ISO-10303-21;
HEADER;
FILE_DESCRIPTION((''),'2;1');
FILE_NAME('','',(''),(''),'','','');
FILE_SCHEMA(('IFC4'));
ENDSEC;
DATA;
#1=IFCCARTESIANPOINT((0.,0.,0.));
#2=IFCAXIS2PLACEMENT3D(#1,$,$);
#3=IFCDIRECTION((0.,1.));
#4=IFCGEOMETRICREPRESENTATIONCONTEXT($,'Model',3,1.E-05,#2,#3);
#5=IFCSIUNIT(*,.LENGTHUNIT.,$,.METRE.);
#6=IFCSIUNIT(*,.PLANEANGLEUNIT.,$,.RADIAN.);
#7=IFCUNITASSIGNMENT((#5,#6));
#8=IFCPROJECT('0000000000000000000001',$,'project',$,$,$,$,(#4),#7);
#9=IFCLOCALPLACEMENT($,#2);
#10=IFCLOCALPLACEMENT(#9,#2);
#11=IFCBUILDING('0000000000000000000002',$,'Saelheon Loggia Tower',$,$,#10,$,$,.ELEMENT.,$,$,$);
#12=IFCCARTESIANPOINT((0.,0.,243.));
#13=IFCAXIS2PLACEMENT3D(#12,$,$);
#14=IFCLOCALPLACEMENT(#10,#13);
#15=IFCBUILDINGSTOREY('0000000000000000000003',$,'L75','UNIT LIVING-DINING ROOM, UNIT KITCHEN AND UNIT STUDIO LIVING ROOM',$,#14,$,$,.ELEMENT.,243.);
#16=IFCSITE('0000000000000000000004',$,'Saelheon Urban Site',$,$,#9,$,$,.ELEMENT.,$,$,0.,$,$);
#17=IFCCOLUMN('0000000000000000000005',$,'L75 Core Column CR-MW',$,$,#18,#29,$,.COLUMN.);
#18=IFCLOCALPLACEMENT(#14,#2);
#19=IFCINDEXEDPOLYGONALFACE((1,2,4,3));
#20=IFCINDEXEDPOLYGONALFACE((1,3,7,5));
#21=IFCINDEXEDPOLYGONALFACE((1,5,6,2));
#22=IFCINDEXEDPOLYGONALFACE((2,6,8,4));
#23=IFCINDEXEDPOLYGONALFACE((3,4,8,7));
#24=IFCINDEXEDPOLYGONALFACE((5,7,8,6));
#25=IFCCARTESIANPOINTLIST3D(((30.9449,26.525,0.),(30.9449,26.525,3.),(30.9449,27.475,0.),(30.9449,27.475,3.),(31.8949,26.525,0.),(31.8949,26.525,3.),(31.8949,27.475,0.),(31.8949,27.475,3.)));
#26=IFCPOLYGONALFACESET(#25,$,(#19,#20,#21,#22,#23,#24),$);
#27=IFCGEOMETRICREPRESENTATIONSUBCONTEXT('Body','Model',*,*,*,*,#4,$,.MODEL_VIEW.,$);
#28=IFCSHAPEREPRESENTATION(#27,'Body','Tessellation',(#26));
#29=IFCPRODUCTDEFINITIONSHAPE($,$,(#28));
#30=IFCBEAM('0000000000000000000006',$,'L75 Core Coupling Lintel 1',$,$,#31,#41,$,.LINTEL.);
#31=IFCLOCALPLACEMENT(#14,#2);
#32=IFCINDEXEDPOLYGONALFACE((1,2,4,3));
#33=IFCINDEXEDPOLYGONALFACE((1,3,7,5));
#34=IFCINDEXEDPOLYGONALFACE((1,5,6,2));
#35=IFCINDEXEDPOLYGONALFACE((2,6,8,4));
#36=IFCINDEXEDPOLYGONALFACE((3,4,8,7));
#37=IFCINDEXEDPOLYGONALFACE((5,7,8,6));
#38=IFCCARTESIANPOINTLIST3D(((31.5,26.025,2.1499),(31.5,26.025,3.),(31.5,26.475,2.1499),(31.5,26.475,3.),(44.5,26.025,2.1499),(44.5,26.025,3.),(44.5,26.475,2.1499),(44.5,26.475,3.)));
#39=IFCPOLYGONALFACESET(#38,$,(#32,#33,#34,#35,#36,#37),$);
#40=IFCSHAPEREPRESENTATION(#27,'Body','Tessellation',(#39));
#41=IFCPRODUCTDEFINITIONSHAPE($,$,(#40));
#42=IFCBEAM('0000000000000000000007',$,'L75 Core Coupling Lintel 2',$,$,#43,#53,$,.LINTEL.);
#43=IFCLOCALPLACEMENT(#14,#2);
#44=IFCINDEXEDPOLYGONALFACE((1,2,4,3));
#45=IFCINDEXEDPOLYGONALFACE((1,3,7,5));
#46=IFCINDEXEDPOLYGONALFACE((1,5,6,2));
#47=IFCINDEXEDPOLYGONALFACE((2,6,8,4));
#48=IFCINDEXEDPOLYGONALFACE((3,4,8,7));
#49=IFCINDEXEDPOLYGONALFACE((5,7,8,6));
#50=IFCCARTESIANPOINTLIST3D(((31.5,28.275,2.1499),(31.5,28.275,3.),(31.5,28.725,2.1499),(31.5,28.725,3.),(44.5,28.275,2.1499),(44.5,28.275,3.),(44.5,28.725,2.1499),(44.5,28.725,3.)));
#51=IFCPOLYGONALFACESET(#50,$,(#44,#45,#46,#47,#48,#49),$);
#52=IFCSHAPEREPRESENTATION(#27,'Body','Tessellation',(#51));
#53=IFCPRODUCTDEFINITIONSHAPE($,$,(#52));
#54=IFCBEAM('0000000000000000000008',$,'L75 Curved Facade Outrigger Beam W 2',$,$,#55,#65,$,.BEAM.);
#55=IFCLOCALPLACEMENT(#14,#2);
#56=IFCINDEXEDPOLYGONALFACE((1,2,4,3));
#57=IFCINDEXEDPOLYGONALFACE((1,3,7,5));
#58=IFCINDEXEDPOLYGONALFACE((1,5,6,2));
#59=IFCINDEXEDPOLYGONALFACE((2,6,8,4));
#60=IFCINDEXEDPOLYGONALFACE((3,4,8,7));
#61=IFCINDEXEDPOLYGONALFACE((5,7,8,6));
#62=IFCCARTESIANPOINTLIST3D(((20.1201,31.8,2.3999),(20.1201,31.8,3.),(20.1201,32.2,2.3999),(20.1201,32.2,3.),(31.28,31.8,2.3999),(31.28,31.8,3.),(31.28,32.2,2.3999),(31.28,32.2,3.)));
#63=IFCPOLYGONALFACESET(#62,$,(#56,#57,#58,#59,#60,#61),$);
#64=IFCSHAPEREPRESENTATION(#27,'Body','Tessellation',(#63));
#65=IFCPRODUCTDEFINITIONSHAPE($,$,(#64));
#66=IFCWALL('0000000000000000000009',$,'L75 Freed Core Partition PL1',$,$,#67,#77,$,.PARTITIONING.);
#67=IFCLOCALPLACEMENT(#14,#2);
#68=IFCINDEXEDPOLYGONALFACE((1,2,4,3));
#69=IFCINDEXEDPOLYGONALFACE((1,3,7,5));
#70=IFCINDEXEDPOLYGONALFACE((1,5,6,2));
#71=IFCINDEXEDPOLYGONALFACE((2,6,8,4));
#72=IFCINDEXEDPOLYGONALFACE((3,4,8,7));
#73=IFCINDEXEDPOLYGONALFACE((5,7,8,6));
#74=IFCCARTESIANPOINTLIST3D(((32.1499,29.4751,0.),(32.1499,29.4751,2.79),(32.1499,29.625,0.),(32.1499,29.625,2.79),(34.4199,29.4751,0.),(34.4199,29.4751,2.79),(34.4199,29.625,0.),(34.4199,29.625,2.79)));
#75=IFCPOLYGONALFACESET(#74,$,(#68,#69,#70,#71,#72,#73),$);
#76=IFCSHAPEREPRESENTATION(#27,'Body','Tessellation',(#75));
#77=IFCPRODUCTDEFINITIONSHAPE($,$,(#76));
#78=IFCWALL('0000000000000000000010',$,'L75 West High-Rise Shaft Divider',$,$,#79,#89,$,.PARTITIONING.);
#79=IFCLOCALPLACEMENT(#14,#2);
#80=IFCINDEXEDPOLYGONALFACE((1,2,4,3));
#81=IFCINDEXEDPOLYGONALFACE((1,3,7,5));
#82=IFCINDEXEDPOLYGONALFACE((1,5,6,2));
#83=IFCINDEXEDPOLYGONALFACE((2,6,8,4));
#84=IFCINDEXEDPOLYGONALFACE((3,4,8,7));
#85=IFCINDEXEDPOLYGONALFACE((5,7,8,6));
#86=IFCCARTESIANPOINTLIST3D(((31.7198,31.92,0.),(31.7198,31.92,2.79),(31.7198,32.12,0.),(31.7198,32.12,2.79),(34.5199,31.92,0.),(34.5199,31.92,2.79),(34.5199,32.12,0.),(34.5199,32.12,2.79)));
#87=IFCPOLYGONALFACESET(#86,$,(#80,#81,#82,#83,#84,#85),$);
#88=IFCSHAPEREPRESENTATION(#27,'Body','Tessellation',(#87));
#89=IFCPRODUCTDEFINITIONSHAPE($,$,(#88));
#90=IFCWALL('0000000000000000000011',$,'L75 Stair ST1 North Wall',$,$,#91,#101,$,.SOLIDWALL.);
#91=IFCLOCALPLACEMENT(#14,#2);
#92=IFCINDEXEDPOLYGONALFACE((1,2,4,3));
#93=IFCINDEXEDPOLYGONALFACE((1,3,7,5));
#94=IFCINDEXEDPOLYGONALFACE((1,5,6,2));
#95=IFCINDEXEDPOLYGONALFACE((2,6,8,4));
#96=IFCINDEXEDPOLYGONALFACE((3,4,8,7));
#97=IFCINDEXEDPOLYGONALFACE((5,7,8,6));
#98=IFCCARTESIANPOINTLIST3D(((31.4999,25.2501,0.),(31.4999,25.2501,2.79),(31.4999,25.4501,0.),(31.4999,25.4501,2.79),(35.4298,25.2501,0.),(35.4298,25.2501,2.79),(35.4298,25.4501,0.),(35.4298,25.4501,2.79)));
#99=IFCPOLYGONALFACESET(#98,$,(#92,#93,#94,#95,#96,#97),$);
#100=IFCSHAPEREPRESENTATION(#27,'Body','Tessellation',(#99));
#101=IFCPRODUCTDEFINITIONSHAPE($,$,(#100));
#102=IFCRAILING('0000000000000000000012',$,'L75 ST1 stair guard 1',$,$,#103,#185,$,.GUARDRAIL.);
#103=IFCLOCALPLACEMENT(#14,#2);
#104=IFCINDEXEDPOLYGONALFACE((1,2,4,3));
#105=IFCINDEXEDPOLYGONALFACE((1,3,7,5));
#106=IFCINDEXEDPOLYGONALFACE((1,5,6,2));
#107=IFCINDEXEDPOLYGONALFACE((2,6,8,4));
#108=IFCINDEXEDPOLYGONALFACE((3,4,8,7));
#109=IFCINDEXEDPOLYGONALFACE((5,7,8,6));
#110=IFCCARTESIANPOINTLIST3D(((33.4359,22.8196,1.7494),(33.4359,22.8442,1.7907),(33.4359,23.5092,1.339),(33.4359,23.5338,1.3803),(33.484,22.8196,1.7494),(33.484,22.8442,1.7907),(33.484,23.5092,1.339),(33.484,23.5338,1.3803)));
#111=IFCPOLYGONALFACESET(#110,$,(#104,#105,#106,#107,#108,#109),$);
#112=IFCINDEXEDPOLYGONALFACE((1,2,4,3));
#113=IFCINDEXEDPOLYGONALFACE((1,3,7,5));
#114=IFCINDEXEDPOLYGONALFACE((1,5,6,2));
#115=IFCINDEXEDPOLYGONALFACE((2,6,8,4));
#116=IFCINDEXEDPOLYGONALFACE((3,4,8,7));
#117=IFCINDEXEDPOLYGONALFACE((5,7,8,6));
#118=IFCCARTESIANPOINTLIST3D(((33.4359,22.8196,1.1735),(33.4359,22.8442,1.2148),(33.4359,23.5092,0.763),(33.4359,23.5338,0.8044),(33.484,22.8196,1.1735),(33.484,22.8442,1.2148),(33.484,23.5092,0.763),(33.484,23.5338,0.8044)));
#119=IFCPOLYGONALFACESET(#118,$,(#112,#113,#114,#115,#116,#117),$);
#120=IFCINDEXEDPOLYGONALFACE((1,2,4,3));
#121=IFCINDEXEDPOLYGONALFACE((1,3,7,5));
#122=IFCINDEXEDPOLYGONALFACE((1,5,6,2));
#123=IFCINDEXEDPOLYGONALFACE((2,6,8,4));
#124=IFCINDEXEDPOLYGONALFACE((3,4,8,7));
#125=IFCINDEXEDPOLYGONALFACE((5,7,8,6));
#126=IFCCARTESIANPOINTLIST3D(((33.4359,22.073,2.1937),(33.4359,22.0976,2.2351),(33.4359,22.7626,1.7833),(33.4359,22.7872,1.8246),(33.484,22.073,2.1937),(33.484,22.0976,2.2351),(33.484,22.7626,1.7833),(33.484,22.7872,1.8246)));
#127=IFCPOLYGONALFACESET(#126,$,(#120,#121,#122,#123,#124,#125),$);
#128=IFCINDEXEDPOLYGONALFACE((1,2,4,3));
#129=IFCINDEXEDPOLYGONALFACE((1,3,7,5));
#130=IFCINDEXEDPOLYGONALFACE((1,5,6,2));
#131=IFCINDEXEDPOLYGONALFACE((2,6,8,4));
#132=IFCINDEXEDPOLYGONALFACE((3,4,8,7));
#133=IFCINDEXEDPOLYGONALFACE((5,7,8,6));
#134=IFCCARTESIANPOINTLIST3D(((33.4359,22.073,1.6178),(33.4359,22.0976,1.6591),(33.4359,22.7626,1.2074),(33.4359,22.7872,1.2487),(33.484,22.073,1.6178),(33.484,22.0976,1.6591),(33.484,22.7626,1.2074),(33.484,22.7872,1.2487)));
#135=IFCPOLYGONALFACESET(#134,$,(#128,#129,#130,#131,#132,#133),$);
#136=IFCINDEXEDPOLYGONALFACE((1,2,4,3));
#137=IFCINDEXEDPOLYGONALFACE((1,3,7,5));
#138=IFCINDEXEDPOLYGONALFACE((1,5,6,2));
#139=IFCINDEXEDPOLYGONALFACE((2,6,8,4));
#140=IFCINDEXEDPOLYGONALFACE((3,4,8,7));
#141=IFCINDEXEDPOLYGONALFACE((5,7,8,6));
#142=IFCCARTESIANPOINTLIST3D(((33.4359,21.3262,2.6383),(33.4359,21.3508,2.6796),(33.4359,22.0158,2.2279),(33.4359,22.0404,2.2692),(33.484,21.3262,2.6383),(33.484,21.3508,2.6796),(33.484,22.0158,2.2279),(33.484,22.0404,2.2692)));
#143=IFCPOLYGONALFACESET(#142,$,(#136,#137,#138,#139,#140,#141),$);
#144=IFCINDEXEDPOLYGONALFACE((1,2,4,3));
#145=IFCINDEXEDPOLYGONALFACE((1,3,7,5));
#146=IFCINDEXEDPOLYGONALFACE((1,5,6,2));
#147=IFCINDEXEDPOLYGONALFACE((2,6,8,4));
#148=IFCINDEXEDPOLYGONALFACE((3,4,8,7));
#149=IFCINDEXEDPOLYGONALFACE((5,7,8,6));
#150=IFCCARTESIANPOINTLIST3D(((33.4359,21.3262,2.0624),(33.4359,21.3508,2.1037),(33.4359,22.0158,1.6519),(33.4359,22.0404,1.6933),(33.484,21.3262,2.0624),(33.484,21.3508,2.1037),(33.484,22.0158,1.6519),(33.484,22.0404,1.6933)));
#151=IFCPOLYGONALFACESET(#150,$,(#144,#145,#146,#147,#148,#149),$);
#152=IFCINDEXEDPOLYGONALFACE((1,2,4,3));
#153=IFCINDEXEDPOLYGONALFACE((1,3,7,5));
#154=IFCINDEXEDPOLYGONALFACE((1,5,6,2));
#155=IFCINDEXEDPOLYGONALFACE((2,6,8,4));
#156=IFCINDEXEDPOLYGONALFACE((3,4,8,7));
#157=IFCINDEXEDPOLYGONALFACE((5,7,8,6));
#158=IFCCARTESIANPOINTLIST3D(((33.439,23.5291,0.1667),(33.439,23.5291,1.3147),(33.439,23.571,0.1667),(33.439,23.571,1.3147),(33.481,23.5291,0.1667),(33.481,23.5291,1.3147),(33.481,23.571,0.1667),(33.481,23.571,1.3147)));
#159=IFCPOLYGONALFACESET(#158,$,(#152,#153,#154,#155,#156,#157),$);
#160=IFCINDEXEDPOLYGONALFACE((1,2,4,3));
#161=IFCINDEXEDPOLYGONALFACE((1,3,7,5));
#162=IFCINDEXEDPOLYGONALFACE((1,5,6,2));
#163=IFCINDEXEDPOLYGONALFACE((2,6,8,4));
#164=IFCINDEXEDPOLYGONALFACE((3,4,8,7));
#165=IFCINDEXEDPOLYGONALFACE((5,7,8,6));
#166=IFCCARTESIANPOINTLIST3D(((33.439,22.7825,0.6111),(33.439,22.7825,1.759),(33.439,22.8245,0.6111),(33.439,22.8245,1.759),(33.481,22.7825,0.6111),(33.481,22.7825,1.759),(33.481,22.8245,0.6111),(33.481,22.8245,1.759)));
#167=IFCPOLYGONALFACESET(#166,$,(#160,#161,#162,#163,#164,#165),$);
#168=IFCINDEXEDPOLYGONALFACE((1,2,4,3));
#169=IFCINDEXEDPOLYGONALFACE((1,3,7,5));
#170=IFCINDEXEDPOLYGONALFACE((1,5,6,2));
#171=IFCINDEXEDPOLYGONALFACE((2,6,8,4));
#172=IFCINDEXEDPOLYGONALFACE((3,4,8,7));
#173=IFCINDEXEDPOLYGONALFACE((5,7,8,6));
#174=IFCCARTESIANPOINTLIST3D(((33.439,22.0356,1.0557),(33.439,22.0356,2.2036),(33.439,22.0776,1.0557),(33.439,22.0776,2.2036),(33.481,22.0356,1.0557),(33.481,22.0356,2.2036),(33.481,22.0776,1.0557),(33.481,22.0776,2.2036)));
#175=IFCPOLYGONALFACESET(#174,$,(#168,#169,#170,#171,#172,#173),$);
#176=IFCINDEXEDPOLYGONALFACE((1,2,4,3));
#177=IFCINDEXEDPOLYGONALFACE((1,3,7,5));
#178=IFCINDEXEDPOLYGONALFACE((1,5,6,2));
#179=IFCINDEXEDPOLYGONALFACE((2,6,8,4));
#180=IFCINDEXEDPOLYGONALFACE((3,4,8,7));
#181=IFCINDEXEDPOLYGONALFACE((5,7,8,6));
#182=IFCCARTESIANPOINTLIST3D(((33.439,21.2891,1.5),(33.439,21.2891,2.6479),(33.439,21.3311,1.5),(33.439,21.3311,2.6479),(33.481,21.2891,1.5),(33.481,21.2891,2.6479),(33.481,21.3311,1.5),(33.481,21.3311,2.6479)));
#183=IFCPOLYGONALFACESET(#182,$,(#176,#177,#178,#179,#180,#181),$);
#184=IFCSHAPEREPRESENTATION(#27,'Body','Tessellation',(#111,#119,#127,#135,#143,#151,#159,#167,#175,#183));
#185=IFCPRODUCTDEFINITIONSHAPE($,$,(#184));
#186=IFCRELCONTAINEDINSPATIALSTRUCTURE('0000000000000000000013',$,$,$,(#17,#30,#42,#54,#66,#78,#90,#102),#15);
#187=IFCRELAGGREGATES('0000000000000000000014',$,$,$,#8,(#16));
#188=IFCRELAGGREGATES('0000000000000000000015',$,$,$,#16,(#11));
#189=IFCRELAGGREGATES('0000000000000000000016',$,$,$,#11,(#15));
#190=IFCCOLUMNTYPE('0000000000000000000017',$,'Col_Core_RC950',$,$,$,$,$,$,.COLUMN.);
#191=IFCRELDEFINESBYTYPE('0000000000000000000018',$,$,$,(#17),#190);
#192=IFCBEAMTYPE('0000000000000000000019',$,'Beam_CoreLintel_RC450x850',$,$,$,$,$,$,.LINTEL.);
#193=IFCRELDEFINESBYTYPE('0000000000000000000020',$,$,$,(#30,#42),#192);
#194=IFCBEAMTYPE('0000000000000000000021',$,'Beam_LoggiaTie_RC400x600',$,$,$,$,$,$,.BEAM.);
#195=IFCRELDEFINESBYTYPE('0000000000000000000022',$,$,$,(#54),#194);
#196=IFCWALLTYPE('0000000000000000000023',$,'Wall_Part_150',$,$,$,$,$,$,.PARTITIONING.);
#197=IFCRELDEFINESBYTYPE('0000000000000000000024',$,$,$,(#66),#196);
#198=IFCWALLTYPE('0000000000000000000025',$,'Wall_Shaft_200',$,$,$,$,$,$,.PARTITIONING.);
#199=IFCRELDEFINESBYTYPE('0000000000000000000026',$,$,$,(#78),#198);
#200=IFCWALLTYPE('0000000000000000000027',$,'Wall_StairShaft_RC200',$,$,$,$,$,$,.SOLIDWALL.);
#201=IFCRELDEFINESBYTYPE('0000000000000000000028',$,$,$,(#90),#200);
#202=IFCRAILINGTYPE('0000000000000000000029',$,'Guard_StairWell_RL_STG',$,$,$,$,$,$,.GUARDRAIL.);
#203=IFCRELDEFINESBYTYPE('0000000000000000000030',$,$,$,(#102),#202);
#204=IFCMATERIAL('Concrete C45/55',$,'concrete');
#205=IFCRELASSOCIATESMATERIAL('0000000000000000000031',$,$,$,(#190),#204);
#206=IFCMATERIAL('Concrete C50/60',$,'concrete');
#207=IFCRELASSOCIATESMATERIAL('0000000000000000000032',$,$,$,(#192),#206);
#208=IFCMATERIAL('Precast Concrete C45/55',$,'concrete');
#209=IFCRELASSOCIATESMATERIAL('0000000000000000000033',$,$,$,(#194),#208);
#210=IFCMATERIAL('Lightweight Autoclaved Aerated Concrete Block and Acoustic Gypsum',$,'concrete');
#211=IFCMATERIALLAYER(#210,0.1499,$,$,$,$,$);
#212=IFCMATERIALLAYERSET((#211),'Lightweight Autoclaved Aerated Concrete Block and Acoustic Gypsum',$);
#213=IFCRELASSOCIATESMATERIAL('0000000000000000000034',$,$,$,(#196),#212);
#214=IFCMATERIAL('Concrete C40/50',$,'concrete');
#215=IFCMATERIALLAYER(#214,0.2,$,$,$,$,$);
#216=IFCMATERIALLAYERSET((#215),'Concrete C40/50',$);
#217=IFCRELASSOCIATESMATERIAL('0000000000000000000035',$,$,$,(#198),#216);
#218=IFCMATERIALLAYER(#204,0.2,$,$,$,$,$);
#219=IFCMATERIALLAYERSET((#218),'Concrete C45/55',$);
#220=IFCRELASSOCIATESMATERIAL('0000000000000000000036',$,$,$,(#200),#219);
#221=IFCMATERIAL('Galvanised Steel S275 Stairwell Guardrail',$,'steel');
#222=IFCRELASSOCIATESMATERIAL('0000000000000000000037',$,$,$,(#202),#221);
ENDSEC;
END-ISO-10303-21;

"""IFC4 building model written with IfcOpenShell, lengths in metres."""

from ifc_helpers import new_model, si_unit, direction, frame, frame_2d, origin, origin_2d, place, context, subcontext, project, spatial, rectangle, extrude, source, transform, mapped, material, layer, layer_set, material_profile, profile_set, type_object, element, save


model = new_model("IFC4")

# Units and contexts
model_context = context("Model", 3, precision=1e-05, world=origin(), true_north=direction((0.0, 1.0)))
body_context = subcontext(model_context, "Body", "Model", "MODEL_VIEW")
ifc_project = project(units=[si_unit("LENGTHUNIT", "METRE"), si_unit("PLANEANGLEUNIT", "RADIAN")], contexts=[model_context])

# Site, building, storey
site_placement = place(None, origin())
site = spatial("IfcSite", under=ifc_project, at=site_placement, Name="Saelheon Urban Site", CompositionType="ELEMENT", RefElevation=0.0)
building_placement = place(site_placement, origin())
building = spatial("IfcBuilding", under=site, at=building_placement, Name="Saelheon Loggia Tower", CompositionType="ELEMENT")
storey_placement = place(building_placement, frame((0.0, 0.0, 243.0)))
storey = spatial("IfcBuildingStorey", under=building, at=storey_placement, Name="L75", Description="UNIT LIVING-DINING ROOM, UNIT KITCHEN AND UNIT STUDIO LIVING ROOM", CompositionType="ELEMENT", Elevation=243.0)

# Column
ifc_material_1 = material(Name="Concrete C45/55", Category="concrete")
ifc_material_profile_1 = material_profile(ifc_material_1, rectangle(XDim=0.95, YDim=0.95, at=origin_2d()), Name="RC-950x950")
ifc_profile_set_1 = profile_set([ifc_material_profile_1], Name="Concrete C45/55")
column_type = type_object("IfcColumnType", Name="Col_Core_RC950", PredefinedType="COLUMN", material=ifc_profile_set_1)
shared_shape_1 = source(origin(), body_context, "Body", "SweptSolid", [
    extrude(rectangle(XDim=0.95, YDim=0.95, at=origin_2d()), origin(), (0.0, 0.0, 1.0), 3.0),
])
column_placement = place(storey_placement, frame((31.4199, 27.0, 0.0), z_axis=(0.0, 0.0, 1.0), x_axis=(1.0, 0.0, 0.0)))
element("IfcColumn", 1, at=column_placement, inside=storey, type_object=column_type, Name="L75 Core Column CR-MW", PredefinedType="COLUMN", context=body_context, shape_type="MappedRepresentation", body=[
    mapped(shared_shape_1, transform((0.0, 0.0, 0.0), scale=1.0)),
])

# Beams
ifc_material_2 = material(Name="Concrete C50/60", Category="concrete")
ifc_material_profile_2 = material_profile(ifc_material_2, rectangle(XDim=0.45, YDim=0.8501, at=origin_2d()), Name="RC-450x850")
ifc_profile_set_2 = profile_set([ifc_material_profile_2], Name="Concrete C50/60")
beam_type_1 = type_object("IfcBeamType", Name="Beam_CoreLintel_RC450x850", PredefinedType="LINTEL", material=ifc_profile_set_2)
shared_shape_2 = source(origin(), body_context, "Body", "SweptSolid", [
    extrude(rectangle(XDim=0.45, YDim=0.8501, at=origin_2d()), origin(), (0.0, 0.0, 1.0), 13.0),
])
for number, where, z_axis, x_axis, name in (
    (2, (31.5, 26.25, 2.575), (1.0, 0.0, 0.0), (0.0, 1.0, 0.0), "L75 Core Coupling Lintel 1"),
    (3, (31.5, 28.5, 2.575), (1.0, 0.0, 0.0), (0.0, 1.0, 0.0), "L75 Core Coupling Lintel 2"),
):
    element("IfcBeam", number, at=place(storey_placement, frame(where, z_axis=z_axis, x_axis=x_axis)), inside=storey, type_object=beam_type_1, Name=name, PredefinedType="LINTEL", context=body_context, shape_type="MappedRepresentation", body=[
        mapped(shared_shape_2, transform((0.0, 0.0, 0.0), scale=1.0)),
    ])
ifc_material_3 = material(Name="Precast Concrete C45/55", Category="concrete")
ifc_material_profile_3 = material_profile(ifc_material_3, rectangle(XDim=0.3999, YDim=0.6001, at=origin_2d()), Name="RC-400x600")
ifc_profile_set_3 = profile_set([ifc_material_profile_3], Name="Precast Concrete C45/55")
beam_type_2 = type_object("IfcBeamType", Name="Beam_LoggiaTie_RC400x600", PredefinedType="BEAM", material=ifc_profile_set_3)
shared_shape_3 = source(origin(), body_context, "Body", "SweptSolid", [
    extrude(rectangle(XDim=0.3999, YDim=0.6001, at=origin_2d()), origin(), (0.0, 0.0, 1.0), 11.1599),
])
beam_placement = place(storey_placement, frame((31.28, 32.0, 2.7), z_axis=(-1.0, 0.0, 0.0), x_axis=(0.0, -1.0, 0.0)))
element("IfcBeam", 4, at=beam_placement, inside=storey, type_object=beam_type_2, Name="L75 Curved Facade Outrigger Beam W 2", PredefinedType="BEAM", context=body_context, shape_type="MappedRepresentation", body=[
    mapped(shared_shape_3, transform((0.0, 0.0, 0.0), scale=1.0)),
])

# Wall
ifc_material_4 = material(Name="Lightweight Autoclaved Aerated Concrete Block and Acoustic Gypsum", Category="concrete")
ifc_layer_1 = layer(ifc_material_4, 0.1499)
ifc_layer_set_1 = layer_set([ifc_layer_1], Name="Lightweight Autoclaved Aerated Concrete Block and Acoustic Gypsum")
wall_type_1 = type_object("IfcWallType", Name="Wall_Part_150", PredefinedType="PARTITIONING", material=ifc_layer_set_1)
wall_1_placement = place(storey_placement, frame((32.1499, 29.55, 0.0), z_axis=(0.0, 0.0, 1.0), x_axis=(1.0, 0.0, 0.0)))
element("IfcWall", 5, at=wall_1_placement, inside=storey, type_object=wall_type_1, Name="L75 Freed Core Partition PL1", PredefinedType="PARTITIONING", context=body_context, shape_type="SweptSolid", body=[
    extrude(rectangle(XDim=2.27, YDim=0.1499, at=frame_2d((1.135, 0.0))), origin(), (0.0, 0.0, 1.0), 2.79),
])

# Shared definitions
ifc_material_5 = material(Name="Concrete C40/50", Category="concrete")
ifc_layer_2 = layer(ifc_material_5, 0.2)
ifc_layer_set_2 = layer_set([ifc_layer_2], Name="Concrete C40/50")
wall_type_2 = type_object("IfcWallType", Name="Wall_Shaft_200", PredefinedType="PARTITIONING", material=ifc_layer_set_2)

# Walls
wall_2_placement = place(storey_placement, frame((31.72, 32.02, 0.0), z_axis=(0.0, 0.0, 1.0), x_axis=(1.0, 0.0, 0.0)))
element("IfcWall", 6, at=wall_2_placement, inside=storey, type_object=wall_type_2, Name="L75 West High-Rise Shaft Divider", PredefinedType="PARTITIONING", context=body_context, shape_type="SweptSolid", body=[
    extrude(rectangle(XDim=2.8, YDim=0.2, at=frame_2d((1.3999, 0.0))), origin(), (0.0, 0.0, 1.0), 2.79),
])
ifc_layer_3 = layer(ifc_material_1, 0.2)
ifc_layer_set_3 = layer_set([ifc_layer_3], Name="Concrete C45/55")
wall_type_3 = type_object("IfcWallType", Name="Wall_StairShaft_RC200", PredefinedType="SOLIDWALL", material=ifc_layer_set_3)
wall_3_placement = place(storey_placement, frame((31.5, 25.3501, 0.0), z_axis=(0.0, 0.0, 1.0), x_axis=(1.0, 0.0, 0.0)))
element("IfcWall", 7, at=wall_3_placement, inside=storey, type_object=wall_type_3, Name="L75 Stair ST1 North Wall", PredefinedType="SOLIDWALL", context=body_context, shape_type="SweptSolid", body=[
    extrude(rectangle(XDim=3.9299, YDim=0.2, at=frame_2d((1.9648, 0.0))), origin(), (0.0, 0.0, 1.0), 2.79),
])

# Railing
ifc_material_6 = material(Name="Galvanised Steel S275 Stairwell Guardrail", Category="steel")
railing_type_1 = type_object("IfcRailingType", Name="Guard_StairWell_RL_STG", PredefinedType="GUARDRAIL", material=ifc_material_6)
railing_1_placement = place(storey_placement, frame((33.46, 23.55, 0.1667)))
element("IfcRailing", 8, at=railing_1_placement, inside=storey, type_object=railing_type_1, Name="L75 ST1 stair guard 1", PredefinedType="GUARDRAIL", context=body_context, shape_type="SweptSolid", body=[
    extrude(rectangle(XDim=0.0481, YDim=0.0481, at=origin_2d()), frame((0.0, -0.0286, 1.1929), z_axis=(0.0, -0.859306, 0.511462), x_axis=(1.0, 0.0, 0.0)), (0.0, 0.0, 1.0), 0.8025),
    extrude(rectangle(XDim=0.0481, YDim=0.0481, at=origin_2d()), frame((0.0, -0.0286, 0.6169), z_axis=(0.0, -0.859306, 0.511462), x_axis=(1.0, 0.0, 0.0)), (0.0, 0.0, 1.0), 0.8025),
    extrude(rectangle(XDim=0.0481, YDim=0.0481, at=origin_2d()), frame((0.0, -0.7751, 1.6372), z_axis=(0.0, -0.859306, 0.511462), x_axis=(1.0, 0.0, 0.0)), (0.0, 0.0, 1.0), 0.8025),
    extrude(rectangle(XDim=0.0481, YDim=0.0481, at=origin_2d()), frame((0.0, -0.7751, 1.0613), z_axis=(0.0, -0.859306, 0.511462), x_axis=(1.0, 0.0, 0.0)), (0.0, 0.0, 1.0), 0.8025),
    extrude(rectangle(XDim=0.0481, YDim=0.0481, at=origin_2d()), frame((0.0, -1.522, 2.0818), z_axis=(0.0, -0.859306, 0.511462), x_axis=(1.0, 0.0, 0.0)), (0.0, 0.0, 1.0), 0.8025),
    extrude(rectangle(XDim=0.0481, YDim=0.0481, at=origin_2d()), frame((0.0, -1.522, 1.5059), z_axis=(0.0, -0.859306, 0.511462), x_axis=(1.0, 0.0, 0.0)), (0.0, 0.0, 1.0), 0.8025),
    extrude(rectangle(XDim=0.042, YDim=0.042, at=origin_2d()), origin(), (0.0, 0.0, 1.0), 1.1479),
    extrude(rectangle(XDim=0.042, YDim=0.042, at=origin_2d()), frame((0.0, -0.7466, 0.4443)), (0.0, 0.0, 1.0), 1.1479),
    extrude(rectangle(XDim=0.042, YDim=0.042, at=origin_2d()), frame((0.0, -1.4934, 0.8889)), (0.0, 0.0, 1.0), 1.1479),
    extrude(rectangle(XDim=0.042, YDim=0.042, at=origin_2d()), frame((0.0, -2.24, 1.3333)), (0.0, 0.0, 1.0), 1.1479),
])

save(model, "model.ifc")
